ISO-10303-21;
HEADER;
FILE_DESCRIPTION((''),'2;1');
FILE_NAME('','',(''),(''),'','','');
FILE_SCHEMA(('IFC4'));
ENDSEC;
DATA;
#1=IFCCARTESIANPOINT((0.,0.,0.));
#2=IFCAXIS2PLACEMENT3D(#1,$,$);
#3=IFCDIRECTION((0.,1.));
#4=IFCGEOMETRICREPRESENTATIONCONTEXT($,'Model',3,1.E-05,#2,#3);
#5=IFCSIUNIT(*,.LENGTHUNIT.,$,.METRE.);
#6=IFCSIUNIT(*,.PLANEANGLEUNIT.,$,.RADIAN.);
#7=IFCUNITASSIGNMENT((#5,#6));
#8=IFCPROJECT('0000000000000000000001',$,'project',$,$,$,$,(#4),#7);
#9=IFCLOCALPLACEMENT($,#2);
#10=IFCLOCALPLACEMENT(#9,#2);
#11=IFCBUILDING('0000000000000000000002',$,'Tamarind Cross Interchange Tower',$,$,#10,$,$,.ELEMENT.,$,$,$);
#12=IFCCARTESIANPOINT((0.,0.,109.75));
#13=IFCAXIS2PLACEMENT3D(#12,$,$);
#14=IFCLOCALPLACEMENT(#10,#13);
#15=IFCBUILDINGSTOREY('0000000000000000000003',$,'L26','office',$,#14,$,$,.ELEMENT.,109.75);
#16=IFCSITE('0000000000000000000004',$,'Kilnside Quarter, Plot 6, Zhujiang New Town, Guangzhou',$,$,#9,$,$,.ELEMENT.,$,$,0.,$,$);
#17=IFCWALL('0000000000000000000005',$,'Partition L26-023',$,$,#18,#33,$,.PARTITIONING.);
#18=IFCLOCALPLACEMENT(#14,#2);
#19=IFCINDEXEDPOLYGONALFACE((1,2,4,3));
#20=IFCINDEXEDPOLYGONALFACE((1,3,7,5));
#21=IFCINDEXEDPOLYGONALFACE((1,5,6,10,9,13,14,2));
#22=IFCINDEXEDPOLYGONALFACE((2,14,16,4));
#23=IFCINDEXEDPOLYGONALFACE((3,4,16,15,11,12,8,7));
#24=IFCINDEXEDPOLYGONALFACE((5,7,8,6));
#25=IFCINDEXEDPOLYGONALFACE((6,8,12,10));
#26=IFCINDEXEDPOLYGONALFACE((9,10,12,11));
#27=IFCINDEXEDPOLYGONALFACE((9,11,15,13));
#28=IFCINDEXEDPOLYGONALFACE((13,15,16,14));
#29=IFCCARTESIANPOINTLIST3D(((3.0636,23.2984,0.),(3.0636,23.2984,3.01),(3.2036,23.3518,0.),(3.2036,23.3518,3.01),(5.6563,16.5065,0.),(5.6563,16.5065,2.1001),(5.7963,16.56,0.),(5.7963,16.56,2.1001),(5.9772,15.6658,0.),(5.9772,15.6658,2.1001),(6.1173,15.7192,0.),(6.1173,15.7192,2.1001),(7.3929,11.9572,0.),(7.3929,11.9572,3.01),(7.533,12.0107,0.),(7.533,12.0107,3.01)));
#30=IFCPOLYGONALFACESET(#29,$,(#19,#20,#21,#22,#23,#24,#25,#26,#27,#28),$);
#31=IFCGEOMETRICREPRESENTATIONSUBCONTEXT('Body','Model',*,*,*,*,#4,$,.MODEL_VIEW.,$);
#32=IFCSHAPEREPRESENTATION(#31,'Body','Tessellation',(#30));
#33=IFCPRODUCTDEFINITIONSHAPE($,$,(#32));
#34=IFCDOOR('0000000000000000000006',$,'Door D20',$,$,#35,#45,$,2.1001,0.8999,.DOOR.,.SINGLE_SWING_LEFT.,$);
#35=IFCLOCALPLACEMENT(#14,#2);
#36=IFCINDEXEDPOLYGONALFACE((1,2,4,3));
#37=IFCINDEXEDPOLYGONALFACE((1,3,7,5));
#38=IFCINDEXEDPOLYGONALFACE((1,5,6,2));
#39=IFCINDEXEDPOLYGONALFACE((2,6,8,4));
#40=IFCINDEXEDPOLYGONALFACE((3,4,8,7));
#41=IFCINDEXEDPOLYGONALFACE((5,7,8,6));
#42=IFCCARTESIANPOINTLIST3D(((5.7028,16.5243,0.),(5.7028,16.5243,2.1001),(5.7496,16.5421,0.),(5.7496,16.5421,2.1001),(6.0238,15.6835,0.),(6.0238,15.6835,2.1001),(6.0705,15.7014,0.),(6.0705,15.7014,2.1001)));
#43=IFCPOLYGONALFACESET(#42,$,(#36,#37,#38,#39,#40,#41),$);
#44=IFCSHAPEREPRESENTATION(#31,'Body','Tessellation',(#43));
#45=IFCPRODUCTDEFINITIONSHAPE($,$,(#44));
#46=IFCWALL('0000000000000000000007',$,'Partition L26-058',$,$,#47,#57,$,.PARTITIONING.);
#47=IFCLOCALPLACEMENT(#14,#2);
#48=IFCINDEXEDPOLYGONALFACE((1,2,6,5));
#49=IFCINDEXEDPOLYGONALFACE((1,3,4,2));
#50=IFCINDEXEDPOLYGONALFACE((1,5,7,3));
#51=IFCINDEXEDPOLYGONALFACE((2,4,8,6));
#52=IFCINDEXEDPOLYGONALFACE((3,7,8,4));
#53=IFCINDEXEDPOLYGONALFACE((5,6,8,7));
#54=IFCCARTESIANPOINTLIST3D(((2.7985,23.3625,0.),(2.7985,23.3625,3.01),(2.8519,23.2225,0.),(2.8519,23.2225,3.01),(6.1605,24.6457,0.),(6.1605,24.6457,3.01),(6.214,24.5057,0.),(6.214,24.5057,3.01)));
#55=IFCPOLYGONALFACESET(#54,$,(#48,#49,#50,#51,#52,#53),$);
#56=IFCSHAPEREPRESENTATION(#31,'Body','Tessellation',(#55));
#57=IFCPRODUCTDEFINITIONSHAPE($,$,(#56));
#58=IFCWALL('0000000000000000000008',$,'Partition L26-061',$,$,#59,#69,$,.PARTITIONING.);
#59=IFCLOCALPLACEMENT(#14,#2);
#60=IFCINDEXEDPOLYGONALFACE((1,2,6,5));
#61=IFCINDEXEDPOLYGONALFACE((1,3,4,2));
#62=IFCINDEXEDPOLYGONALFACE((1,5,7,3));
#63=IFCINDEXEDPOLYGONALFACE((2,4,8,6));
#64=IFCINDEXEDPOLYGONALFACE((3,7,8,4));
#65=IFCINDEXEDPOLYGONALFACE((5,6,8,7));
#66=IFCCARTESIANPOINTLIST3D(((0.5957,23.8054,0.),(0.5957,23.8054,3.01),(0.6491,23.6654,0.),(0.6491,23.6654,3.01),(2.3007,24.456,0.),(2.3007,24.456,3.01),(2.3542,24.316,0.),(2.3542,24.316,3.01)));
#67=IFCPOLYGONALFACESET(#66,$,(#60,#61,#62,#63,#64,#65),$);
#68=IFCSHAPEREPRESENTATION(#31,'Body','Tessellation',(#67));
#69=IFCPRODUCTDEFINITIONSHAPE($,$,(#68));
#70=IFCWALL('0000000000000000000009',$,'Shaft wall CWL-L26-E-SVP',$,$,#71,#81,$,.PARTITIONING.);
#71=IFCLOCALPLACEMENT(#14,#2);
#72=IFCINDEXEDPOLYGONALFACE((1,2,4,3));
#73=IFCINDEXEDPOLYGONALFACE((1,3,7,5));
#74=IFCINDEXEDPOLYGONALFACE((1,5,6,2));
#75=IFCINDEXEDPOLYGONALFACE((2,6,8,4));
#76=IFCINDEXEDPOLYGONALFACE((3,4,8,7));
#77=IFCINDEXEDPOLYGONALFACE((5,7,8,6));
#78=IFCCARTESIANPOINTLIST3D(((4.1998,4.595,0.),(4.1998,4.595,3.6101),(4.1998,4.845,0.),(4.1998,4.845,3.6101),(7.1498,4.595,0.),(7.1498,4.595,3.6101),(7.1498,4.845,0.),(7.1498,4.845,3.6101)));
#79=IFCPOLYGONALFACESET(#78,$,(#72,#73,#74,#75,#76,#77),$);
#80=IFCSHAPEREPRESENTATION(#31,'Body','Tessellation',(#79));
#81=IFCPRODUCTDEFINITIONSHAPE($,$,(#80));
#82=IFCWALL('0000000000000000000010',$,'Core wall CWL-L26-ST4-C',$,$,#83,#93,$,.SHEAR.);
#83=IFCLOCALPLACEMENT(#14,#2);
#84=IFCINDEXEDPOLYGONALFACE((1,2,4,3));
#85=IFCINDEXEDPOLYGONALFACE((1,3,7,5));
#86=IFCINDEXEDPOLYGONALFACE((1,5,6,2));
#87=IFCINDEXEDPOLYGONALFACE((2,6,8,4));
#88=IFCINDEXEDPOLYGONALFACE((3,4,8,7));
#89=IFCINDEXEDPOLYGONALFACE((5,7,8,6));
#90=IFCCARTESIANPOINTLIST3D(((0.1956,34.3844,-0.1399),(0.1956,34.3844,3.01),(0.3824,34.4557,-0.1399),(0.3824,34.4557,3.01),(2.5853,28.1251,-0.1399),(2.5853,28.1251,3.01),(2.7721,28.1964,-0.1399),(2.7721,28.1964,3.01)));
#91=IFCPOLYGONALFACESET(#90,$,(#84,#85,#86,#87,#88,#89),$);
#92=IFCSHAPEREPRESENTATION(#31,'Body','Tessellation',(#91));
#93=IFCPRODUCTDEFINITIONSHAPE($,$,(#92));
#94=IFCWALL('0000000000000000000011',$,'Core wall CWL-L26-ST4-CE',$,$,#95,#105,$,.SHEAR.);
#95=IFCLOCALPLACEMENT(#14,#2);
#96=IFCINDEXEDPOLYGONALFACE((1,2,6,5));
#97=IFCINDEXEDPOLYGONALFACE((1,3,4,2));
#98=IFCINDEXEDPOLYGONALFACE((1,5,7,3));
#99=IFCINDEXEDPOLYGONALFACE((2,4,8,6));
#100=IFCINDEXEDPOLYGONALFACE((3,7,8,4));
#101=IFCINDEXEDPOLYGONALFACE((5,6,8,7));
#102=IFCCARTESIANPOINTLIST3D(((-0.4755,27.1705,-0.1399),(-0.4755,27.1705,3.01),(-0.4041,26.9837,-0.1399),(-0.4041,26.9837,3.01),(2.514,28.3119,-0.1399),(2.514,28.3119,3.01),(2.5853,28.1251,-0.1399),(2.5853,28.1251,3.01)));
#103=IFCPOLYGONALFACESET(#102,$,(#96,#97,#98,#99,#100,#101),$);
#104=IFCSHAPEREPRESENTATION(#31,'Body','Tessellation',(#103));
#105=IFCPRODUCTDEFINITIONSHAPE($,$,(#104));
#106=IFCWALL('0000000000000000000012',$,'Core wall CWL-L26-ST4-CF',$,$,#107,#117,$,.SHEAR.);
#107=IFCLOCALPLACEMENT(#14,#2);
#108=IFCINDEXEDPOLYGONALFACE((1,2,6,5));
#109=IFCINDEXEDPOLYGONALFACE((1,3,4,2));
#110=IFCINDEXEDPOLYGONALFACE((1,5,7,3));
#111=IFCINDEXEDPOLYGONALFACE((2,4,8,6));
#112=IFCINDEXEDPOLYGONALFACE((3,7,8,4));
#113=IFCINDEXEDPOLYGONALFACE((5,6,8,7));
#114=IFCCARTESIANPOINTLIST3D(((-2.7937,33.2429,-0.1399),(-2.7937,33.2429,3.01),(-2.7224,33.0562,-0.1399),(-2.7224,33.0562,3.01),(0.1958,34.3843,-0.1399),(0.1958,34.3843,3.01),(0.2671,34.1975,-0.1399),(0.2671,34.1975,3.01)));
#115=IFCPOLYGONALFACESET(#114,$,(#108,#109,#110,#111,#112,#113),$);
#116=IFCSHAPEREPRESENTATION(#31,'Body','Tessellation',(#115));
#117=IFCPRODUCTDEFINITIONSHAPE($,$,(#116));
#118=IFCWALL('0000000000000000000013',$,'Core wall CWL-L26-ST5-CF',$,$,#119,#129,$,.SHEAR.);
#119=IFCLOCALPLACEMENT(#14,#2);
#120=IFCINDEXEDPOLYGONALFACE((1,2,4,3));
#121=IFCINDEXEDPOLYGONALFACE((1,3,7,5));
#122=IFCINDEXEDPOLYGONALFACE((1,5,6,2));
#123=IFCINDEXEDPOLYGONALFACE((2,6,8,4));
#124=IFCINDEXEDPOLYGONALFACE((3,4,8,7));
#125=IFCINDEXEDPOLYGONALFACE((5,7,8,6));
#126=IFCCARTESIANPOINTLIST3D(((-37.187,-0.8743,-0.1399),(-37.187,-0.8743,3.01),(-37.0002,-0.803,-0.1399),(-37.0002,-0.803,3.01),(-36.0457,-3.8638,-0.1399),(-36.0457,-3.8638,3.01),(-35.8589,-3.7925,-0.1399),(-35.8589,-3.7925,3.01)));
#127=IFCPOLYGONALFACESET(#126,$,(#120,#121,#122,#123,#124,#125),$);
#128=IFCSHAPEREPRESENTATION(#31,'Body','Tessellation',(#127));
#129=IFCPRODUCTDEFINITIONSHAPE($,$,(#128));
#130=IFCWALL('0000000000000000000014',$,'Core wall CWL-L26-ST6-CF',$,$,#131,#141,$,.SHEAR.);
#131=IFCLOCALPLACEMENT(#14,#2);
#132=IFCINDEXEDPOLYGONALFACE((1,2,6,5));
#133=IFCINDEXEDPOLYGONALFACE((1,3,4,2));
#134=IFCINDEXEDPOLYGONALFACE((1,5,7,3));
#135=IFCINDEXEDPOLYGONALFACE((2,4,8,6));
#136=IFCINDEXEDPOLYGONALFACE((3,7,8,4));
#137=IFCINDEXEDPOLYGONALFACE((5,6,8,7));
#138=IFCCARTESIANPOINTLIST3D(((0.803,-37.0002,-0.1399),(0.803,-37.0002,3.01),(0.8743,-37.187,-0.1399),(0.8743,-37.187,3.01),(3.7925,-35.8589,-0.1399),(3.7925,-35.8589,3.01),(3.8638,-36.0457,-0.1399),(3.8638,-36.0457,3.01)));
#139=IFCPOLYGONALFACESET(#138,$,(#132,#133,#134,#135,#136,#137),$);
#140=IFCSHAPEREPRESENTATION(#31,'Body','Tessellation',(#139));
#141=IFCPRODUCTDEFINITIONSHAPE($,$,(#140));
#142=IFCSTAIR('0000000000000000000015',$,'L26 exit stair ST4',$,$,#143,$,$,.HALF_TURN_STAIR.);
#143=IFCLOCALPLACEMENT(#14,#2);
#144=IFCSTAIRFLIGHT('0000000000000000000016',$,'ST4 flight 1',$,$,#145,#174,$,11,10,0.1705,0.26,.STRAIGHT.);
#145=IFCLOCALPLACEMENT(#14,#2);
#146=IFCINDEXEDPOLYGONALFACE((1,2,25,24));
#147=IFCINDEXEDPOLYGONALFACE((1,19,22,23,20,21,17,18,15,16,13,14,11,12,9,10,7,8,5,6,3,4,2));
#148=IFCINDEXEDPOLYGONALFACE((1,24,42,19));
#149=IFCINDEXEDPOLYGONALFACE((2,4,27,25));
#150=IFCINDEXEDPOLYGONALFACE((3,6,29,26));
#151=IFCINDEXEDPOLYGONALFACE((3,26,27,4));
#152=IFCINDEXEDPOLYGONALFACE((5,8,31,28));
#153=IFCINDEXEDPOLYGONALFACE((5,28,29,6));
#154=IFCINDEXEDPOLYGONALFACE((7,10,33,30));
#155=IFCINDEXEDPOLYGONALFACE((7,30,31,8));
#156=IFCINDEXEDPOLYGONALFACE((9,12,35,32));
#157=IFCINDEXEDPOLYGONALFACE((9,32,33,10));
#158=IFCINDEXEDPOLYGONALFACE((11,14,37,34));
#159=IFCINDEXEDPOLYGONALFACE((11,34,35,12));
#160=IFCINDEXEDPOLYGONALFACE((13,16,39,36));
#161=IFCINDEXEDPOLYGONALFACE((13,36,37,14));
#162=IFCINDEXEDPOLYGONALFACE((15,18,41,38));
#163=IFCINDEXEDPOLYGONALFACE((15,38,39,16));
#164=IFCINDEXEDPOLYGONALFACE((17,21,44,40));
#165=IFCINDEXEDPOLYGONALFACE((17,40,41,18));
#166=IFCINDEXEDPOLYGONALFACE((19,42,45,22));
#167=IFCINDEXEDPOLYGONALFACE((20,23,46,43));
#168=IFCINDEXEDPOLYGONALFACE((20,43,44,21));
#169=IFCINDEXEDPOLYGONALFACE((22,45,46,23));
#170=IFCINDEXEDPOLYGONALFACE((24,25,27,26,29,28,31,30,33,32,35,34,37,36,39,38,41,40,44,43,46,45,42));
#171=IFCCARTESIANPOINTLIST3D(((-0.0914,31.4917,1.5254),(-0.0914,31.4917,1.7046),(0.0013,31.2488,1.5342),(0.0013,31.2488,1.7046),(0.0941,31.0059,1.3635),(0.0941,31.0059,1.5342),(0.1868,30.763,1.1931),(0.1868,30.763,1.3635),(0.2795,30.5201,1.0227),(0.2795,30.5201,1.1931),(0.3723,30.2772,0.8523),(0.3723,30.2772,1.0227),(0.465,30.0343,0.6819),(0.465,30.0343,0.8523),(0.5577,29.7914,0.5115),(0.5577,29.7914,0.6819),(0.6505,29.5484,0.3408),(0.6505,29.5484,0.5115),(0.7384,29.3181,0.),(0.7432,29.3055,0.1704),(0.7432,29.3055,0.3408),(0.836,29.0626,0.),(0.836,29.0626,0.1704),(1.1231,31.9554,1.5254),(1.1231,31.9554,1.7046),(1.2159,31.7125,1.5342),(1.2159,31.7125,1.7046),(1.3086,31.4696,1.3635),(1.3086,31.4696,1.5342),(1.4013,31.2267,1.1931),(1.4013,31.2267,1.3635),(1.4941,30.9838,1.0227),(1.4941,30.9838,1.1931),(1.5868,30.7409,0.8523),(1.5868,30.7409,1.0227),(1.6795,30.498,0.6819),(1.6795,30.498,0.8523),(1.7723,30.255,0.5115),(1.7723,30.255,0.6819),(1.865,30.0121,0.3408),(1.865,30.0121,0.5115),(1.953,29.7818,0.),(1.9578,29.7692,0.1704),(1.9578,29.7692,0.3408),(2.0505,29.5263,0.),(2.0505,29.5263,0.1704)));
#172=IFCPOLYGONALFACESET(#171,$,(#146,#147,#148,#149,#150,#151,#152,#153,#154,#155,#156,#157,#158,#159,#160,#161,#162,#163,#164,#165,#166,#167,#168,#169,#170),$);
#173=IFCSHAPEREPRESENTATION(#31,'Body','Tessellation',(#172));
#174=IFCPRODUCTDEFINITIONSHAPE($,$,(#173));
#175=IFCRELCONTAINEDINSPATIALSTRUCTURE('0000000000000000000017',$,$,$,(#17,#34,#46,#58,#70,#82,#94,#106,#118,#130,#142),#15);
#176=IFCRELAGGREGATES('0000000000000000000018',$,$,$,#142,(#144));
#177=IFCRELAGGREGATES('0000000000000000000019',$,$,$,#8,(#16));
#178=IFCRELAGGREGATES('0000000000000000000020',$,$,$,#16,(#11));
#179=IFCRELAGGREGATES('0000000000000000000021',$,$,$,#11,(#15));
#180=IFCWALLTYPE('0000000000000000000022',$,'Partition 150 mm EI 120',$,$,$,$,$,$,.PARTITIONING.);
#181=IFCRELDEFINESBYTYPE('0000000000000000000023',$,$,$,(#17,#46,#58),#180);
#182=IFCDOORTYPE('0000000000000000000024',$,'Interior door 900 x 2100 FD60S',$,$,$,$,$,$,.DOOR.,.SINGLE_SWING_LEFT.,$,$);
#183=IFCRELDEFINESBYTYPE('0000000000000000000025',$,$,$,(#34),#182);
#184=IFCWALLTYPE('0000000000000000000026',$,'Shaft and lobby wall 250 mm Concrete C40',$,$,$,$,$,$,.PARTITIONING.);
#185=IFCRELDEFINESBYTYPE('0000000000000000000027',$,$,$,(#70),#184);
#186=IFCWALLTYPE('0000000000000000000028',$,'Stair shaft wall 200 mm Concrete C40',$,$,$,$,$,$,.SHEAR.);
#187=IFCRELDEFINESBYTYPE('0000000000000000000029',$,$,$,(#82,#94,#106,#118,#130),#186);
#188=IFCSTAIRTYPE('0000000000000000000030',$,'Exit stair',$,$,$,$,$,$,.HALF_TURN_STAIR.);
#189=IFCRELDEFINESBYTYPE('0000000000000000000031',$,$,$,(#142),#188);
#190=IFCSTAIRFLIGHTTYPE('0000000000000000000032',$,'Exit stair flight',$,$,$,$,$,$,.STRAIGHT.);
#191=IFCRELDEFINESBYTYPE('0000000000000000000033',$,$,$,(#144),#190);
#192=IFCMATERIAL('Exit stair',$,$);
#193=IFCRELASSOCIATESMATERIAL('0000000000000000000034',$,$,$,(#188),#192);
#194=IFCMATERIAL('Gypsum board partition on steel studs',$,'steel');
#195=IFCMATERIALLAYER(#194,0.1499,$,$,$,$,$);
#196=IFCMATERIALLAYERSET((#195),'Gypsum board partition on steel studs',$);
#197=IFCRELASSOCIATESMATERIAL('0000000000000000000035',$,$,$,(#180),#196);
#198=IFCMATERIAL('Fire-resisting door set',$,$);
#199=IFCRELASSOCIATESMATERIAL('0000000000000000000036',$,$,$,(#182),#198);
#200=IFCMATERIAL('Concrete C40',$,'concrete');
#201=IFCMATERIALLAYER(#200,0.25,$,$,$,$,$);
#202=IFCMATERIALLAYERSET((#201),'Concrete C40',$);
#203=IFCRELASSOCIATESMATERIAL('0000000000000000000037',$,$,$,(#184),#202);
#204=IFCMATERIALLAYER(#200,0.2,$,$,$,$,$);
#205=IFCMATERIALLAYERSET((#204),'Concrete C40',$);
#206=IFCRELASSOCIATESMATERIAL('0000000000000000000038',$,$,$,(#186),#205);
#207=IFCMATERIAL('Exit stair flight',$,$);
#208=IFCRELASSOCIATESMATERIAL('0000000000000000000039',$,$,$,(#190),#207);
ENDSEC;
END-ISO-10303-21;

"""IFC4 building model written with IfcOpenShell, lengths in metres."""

from ifc_helpers import new_model, si_unit, direction, frame, frame_2d, origin, place, context, subcontext, project, spatial, polyline, rectangle, outline, extrude, material, layer, layer_set, type_object, element, fill, aggregate, save


model = new_model("IFC4")

# Units and contexts
model_context = context("Model", 3, precision=1e-05, world=origin(), true_north=direction((0.0, 1.0)))
body_context = subcontext(model_context, "Body", "Model", "MODEL_VIEW")
ifc_project = project(units=[si_unit("LENGTHUNIT", "METRE"), si_unit("PLANEANGLEUNIT", "RADIAN")], contexts=[model_context])

# Site, building, storey
site_placement = place(None, origin())
site = spatial("IfcSite", under=ifc_project, at=site_placement, Name="Kilnside Quarter, Plot 6, Zhujiang New Town, Guangzhou", CompositionType="ELEMENT", RefElevation=0.0)
building_placement = place(site_placement, origin())
building = spatial("IfcBuilding", under=site, at=building_placement, Name="Tamarind Cross Interchange Tower", CompositionType="ELEMENT")
storey_placement = place(building_placement, frame((0.0, 0.0, 109.75)))
storey = spatial("IfcBuildingStorey", under=building, at=storey_placement, Name="L26", Description="office", CompositionType="ELEMENT", Elevation=109.75)

# Shared definitions
ifc_material_1 = material(Name="Exit stair")
stair_type = type_object("IfcStairType", Name="Exit stair", PredefinedType="HALF_TURN_STAIR", material=ifc_material_1)
ifc_material_2 = material(Name="Concrete C40", Category="concrete")

# Shared definitions
ifc_material_3 = material(Name="Gypsum board partition on steel studs", Category="steel")

# Wall, opening, door
ifc_layer_1 = layer(ifc_material_3, 0.1499)
ifc_layer_set_1 = layer_set([ifc_layer_1], Name="Gypsum board partition on steel studs")
wall_type_1 = type_object("IfcWallType", Name="Partition 150 mm EI 120", PredefinedType="PARTITIONING", material=ifc_layer_set_1)
ifc_material_4 = material(Name="Fire-resisting door set")
door_type = type_object("IfcDoorType", Name="Interior door 900 x 2100 FD60S", OperationType="SINGLE_SWING_LEFT", PredefinedType="DOOR", material=ifc_material_4)
wall_1_placement = place(storey_placement, frame((3.1335, 23.3252, 0.0), z_axis=(0.0, 0.0, 1.0), x_axis=(0.356638, -0.934243, 0.0)))
wall_1 = element("IfcWall", 1, at=wall_1_placement, inside=storey, type_object=wall_type_1, Name="Partition L26-023", PredefinedType="PARTITIONING", context=body_context, shape_type="SweptSolid", body=[
    extrude(rectangle(XDim=12.1394, YDim=0.1499, at=frame_2d((6.0698, 0.0))), origin(), (0.0, 0.0, 1.0), 3.01),
])
opening_1_placement = place(wall_1_placement, frame((7.27, 0.0, 0.0)))
opening_1 = element("IfcOpeningElement", 2, at=opening_1_placement, cuts=wall_1, PredefinedType="OPENING", context=body_context, shape_type="SweptSolid", body=[
    extrude(rectangle(XDim=0.8999, YDim=2.1001, at=frame_2d((0.45, 1.05))), frame((0.0, 0.085, 0.0), z_axis=(0.0, -1.0, 0.0), x_axis=(1.0, 0.0, 0.0)), (0.0, 0.0, 1.0), 0.1699),
])
door_1_placement = place(opening_1_placement, origin())
door_1 = element("IfcDoor", 3, at=door_1_placement, inside=storey, type_object=door_type, Name="Door D20", OperationType="SINGLE_SWING_LEFT", OverallHeight=2.1001, OverallWidth=0.8999, PredefinedType="DOOR", context=body_context, shape_type="SweptSolid", body=[
    extrude(rectangle(XDim=0.8999, YDim=2.1001, at=frame_2d((0.45, 1.05))), frame((0.0, 0.0249, 0.0), z_axis=(0.0, -1.0, 0.0), x_axis=(1.0, 0.0, 0.0)), (0.0, 0.0, 1.0), 0.05),
])
fill(opening_1, door_1)

# Walls
wall_2_placement = place(storey_placement, frame((2.8252, 23.2925, 0.0), z_axis=(0.0, 0.0, 1.0), x_axis=(0.934264, 0.356582, 0.0)))
element("IfcWall", 4, at=wall_2_placement, inside=storey, type_object=wall_type_1, Name="Partition L26-058", PredefinedType="PARTITIONING", context=body_context, shape_type="SweptSolid", body=[
    extrude(rectangle(XDim=3.5986, YDim=0.1499, at=frame_2d((1.7993, 0.0))), origin(), (0.0, 0.0, 1.0), 3.01),
])
wall_3_placement = place(storey_placement, frame((0.6223, 23.7354, 0.0), z_axis=(0.0, 0.0, 1.0), x_axis=(0.934291, 0.356513, 0.0)))
element("IfcWall", 5, at=wall_3_placement, inside=storey, type_object=wall_type_1, Name="Partition L26-061", PredefinedType="PARTITIONING", context=body_context, shape_type="SweptSolid", body=[
    extrude(rectangle(XDim=1.825, YDim=0.1499, at=frame_2d((0.9126, 0.0))), origin(), (0.0, 0.0, 1.0), 3.01),
])
ifc_layer_2 = layer(ifc_material_2, 0.25)
ifc_layer_set_2 = layer_set([ifc_layer_2], Name="Concrete C40")
wall_type_2 = type_object("IfcWallType", Name="Shaft and lobby wall 250 mm Concrete C40", PredefinedType="PARTITIONING", material=ifc_layer_set_2)
wall_4_placement = place(storey_placement, frame((7.1499, 4.72, 0.0), z_axis=(0.0, 0.0, 1.0), x_axis=(-1.0, 0.0, 0.0)))
element("IfcWall", 6, at=wall_4_placement, inside=storey, type_object=wall_type_2, Name="Shaft wall CWL-L26-E-SVP", PredefinedType="PARTITIONING", context=body_context, shape_type="SweptSolid", body=[
    extrude(rectangle(XDim=2.95, YDim=0.25, at=frame_2d((1.4751, 0.0))), origin(), (0.0, 0.0, 1.0), 3.6101),
])
ifc_layer_3 = layer(ifc_material_2, 0.2)
ifc_layer_set_3 = layer_set([ifc_layer_3], Name="Concrete C40")
wall_type_3 = type_object("IfcWallType", Name="Stair shaft wall 200 mm Concrete C40", PredefinedType="SHEAR", material=ifc_layer_set_3)
wall_5_placement = place(storey_placement, frame((2.6787, 28.1606, -0.1399), z_axis=(0.0, 0.0, 1.0), x_axis=(-0.356668, 0.934231, 0.0)))
element("IfcWall", 7, at=wall_5_placement, inside=storey, type_object=wall_type_3, Name="Core wall CWL-L26-ST4-C", PredefinedType="SHEAR", context=body_context, shape_type="SweptSolid", body=[
    extrude(rectangle(XDim=6.7, YDim=0.2, at=frame_2d((3.3501, 0.0))), origin(), (0.0, 0.0, 1.0), 3.1499),
])
wall_6_placement = place(storey_placement, frame((2.5498, 28.2185, -0.1399), z_axis=(0.0, 0.0, 1.0), x_axis=(-0.934228, -0.356677, 0.0)))
element("IfcWall", 8, at=wall_6_placement, inside=storey, type_object=wall_type_3, Name="Core wall CWL-L26-ST4-CE", PredefinedType="SHEAR", context=body_context, shape_type="SweptSolid", body=[
    extrude(rectangle(XDim=3.2, YDim=0.2, at=frame_2d((1.6001, 0.0))), origin(), (0.0, 0.0, 1.0), 3.1499),
])
wall_7_placement = place(storey_placement, frame((0.0, 0.0, -0.1399)))
element("IfcWall", 9, at=wall_7_placement, inside=storey, type_object=wall_type_3, Name="Core wall CWL-L26-ST4-CF", PredefinedType="SHEAR", context=body_context, shape_type="SweptSolid", body=[
    extrude(outline(polyline([(0.2671, 34.1975), (0.1958, 34.3843), (-2.7937, 33.2429), (-2.7224, 33.0562), (0.2671, 34.1975)])), origin(), (0.0, 0.0, 1.0), 3.1499),
])
wall_8_placement = place(storey_placement, frame((0.0, 0.0, -0.1399)))
element("IfcWall", 10, at=wall_8_placement, inside=storey, type_object=wall_type_3, Name="Core wall CWL-L26-ST5-CF", PredefinedType="SHEAR", context=body_context, shape_type="SweptSolid", body=[
    extrude(outline(polyline([(-37.0002, -0.803), (-37.187, -0.8743), (-36.0457, -3.8638), (-35.8589, -3.7925), (-37.0002, -0.803)])), origin(), (0.0, 0.0, 1.0), 3.1499),
])
wall_9_placement = place(storey_placement, frame((0.0, 0.0, -0.1399)))
element("IfcWall", 11, at=wall_9_placement, inside=storey, type_object=wall_type_3, Name="Core wall CWL-L26-ST6-CF", PredefinedType="SHEAR", context=body_context, shape_type="SweptSolid", body=[
    extrude(outline(polyline([(0.803, -37.0002), (0.8743, -37.187), (3.8638, -36.0457), (3.7925, -35.8589), (0.803, -37.0002)])), origin(), (0.0, 0.0, 1.0), 3.1499),
])

# Stair, stair flight
stair_1_placement = place(storey_placement, origin())
stair_1 = element("IfcStair", 12, at=stair_1_placement, inside=storey, type_object=stair_type, Name="L26 exit stair ST4", PredefinedType="HALF_TURN_STAIR")
ifc_material_5 = material(Name="Exit stair flight")
stair_flight_type = type_object("IfcStairFlightType", Name="Exit stair flight", PredefinedType="STRAIGHT", material=ifc_material_5)
stair_flight_placement = place(storey_placement, frame((1.4431, 29.2944, 0.0), z_axis=(0.0, 0.0, 1.0), x_axis=(-0.356673, 0.934229, 0.0)))
stair_flight = element("IfcStairFlight", 13, at=stair_flight_placement, type_object=stair_flight_type, Name="ST4 flight 1", NumberOfRisers=11, NumberOfTreads=10, PredefinedType="STRAIGHT", RiserHeight=0.1705, TreadLength=0.26, context=body_context, shape_type="SweptSolid", body=[
    extrude(outline(polyline([(0.0, 0.0), (0.0, 0.1704), (0.26, 0.1704), (0.26, 0.3408), (0.52, 0.3408), (0.52, 0.5115), (0.78, 0.5115), (0.78, 0.6819), (1.04, 0.6819), (1.04, 0.8523), (1.3, 0.8523), (1.3, 1.0227), (1.5601, 1.0227), (1.5601, 1.1931), (1.8201, 1.1931), (1.8201, 1.3635), (2.0801, 1.3635), (2.0801, 1.5342), (2.3401, 1.5342), (2.3401, 1.7046), (2.6001, 1.7046), (2.6001, 1.875), (2.6001, 1.5254), (0.2734, 0.0), (0.0, 0.0)])), frame((0.0, 0.6499, 0.0), z_axis=(0.0, -1.0, 0.0), x_axis=(1.0, 0.0, 0.0)), (0.0, 0.0, 1.0), 1.3),
])
aggregate(stair_1, [stair_flight])

save(model, "model.ifc")
